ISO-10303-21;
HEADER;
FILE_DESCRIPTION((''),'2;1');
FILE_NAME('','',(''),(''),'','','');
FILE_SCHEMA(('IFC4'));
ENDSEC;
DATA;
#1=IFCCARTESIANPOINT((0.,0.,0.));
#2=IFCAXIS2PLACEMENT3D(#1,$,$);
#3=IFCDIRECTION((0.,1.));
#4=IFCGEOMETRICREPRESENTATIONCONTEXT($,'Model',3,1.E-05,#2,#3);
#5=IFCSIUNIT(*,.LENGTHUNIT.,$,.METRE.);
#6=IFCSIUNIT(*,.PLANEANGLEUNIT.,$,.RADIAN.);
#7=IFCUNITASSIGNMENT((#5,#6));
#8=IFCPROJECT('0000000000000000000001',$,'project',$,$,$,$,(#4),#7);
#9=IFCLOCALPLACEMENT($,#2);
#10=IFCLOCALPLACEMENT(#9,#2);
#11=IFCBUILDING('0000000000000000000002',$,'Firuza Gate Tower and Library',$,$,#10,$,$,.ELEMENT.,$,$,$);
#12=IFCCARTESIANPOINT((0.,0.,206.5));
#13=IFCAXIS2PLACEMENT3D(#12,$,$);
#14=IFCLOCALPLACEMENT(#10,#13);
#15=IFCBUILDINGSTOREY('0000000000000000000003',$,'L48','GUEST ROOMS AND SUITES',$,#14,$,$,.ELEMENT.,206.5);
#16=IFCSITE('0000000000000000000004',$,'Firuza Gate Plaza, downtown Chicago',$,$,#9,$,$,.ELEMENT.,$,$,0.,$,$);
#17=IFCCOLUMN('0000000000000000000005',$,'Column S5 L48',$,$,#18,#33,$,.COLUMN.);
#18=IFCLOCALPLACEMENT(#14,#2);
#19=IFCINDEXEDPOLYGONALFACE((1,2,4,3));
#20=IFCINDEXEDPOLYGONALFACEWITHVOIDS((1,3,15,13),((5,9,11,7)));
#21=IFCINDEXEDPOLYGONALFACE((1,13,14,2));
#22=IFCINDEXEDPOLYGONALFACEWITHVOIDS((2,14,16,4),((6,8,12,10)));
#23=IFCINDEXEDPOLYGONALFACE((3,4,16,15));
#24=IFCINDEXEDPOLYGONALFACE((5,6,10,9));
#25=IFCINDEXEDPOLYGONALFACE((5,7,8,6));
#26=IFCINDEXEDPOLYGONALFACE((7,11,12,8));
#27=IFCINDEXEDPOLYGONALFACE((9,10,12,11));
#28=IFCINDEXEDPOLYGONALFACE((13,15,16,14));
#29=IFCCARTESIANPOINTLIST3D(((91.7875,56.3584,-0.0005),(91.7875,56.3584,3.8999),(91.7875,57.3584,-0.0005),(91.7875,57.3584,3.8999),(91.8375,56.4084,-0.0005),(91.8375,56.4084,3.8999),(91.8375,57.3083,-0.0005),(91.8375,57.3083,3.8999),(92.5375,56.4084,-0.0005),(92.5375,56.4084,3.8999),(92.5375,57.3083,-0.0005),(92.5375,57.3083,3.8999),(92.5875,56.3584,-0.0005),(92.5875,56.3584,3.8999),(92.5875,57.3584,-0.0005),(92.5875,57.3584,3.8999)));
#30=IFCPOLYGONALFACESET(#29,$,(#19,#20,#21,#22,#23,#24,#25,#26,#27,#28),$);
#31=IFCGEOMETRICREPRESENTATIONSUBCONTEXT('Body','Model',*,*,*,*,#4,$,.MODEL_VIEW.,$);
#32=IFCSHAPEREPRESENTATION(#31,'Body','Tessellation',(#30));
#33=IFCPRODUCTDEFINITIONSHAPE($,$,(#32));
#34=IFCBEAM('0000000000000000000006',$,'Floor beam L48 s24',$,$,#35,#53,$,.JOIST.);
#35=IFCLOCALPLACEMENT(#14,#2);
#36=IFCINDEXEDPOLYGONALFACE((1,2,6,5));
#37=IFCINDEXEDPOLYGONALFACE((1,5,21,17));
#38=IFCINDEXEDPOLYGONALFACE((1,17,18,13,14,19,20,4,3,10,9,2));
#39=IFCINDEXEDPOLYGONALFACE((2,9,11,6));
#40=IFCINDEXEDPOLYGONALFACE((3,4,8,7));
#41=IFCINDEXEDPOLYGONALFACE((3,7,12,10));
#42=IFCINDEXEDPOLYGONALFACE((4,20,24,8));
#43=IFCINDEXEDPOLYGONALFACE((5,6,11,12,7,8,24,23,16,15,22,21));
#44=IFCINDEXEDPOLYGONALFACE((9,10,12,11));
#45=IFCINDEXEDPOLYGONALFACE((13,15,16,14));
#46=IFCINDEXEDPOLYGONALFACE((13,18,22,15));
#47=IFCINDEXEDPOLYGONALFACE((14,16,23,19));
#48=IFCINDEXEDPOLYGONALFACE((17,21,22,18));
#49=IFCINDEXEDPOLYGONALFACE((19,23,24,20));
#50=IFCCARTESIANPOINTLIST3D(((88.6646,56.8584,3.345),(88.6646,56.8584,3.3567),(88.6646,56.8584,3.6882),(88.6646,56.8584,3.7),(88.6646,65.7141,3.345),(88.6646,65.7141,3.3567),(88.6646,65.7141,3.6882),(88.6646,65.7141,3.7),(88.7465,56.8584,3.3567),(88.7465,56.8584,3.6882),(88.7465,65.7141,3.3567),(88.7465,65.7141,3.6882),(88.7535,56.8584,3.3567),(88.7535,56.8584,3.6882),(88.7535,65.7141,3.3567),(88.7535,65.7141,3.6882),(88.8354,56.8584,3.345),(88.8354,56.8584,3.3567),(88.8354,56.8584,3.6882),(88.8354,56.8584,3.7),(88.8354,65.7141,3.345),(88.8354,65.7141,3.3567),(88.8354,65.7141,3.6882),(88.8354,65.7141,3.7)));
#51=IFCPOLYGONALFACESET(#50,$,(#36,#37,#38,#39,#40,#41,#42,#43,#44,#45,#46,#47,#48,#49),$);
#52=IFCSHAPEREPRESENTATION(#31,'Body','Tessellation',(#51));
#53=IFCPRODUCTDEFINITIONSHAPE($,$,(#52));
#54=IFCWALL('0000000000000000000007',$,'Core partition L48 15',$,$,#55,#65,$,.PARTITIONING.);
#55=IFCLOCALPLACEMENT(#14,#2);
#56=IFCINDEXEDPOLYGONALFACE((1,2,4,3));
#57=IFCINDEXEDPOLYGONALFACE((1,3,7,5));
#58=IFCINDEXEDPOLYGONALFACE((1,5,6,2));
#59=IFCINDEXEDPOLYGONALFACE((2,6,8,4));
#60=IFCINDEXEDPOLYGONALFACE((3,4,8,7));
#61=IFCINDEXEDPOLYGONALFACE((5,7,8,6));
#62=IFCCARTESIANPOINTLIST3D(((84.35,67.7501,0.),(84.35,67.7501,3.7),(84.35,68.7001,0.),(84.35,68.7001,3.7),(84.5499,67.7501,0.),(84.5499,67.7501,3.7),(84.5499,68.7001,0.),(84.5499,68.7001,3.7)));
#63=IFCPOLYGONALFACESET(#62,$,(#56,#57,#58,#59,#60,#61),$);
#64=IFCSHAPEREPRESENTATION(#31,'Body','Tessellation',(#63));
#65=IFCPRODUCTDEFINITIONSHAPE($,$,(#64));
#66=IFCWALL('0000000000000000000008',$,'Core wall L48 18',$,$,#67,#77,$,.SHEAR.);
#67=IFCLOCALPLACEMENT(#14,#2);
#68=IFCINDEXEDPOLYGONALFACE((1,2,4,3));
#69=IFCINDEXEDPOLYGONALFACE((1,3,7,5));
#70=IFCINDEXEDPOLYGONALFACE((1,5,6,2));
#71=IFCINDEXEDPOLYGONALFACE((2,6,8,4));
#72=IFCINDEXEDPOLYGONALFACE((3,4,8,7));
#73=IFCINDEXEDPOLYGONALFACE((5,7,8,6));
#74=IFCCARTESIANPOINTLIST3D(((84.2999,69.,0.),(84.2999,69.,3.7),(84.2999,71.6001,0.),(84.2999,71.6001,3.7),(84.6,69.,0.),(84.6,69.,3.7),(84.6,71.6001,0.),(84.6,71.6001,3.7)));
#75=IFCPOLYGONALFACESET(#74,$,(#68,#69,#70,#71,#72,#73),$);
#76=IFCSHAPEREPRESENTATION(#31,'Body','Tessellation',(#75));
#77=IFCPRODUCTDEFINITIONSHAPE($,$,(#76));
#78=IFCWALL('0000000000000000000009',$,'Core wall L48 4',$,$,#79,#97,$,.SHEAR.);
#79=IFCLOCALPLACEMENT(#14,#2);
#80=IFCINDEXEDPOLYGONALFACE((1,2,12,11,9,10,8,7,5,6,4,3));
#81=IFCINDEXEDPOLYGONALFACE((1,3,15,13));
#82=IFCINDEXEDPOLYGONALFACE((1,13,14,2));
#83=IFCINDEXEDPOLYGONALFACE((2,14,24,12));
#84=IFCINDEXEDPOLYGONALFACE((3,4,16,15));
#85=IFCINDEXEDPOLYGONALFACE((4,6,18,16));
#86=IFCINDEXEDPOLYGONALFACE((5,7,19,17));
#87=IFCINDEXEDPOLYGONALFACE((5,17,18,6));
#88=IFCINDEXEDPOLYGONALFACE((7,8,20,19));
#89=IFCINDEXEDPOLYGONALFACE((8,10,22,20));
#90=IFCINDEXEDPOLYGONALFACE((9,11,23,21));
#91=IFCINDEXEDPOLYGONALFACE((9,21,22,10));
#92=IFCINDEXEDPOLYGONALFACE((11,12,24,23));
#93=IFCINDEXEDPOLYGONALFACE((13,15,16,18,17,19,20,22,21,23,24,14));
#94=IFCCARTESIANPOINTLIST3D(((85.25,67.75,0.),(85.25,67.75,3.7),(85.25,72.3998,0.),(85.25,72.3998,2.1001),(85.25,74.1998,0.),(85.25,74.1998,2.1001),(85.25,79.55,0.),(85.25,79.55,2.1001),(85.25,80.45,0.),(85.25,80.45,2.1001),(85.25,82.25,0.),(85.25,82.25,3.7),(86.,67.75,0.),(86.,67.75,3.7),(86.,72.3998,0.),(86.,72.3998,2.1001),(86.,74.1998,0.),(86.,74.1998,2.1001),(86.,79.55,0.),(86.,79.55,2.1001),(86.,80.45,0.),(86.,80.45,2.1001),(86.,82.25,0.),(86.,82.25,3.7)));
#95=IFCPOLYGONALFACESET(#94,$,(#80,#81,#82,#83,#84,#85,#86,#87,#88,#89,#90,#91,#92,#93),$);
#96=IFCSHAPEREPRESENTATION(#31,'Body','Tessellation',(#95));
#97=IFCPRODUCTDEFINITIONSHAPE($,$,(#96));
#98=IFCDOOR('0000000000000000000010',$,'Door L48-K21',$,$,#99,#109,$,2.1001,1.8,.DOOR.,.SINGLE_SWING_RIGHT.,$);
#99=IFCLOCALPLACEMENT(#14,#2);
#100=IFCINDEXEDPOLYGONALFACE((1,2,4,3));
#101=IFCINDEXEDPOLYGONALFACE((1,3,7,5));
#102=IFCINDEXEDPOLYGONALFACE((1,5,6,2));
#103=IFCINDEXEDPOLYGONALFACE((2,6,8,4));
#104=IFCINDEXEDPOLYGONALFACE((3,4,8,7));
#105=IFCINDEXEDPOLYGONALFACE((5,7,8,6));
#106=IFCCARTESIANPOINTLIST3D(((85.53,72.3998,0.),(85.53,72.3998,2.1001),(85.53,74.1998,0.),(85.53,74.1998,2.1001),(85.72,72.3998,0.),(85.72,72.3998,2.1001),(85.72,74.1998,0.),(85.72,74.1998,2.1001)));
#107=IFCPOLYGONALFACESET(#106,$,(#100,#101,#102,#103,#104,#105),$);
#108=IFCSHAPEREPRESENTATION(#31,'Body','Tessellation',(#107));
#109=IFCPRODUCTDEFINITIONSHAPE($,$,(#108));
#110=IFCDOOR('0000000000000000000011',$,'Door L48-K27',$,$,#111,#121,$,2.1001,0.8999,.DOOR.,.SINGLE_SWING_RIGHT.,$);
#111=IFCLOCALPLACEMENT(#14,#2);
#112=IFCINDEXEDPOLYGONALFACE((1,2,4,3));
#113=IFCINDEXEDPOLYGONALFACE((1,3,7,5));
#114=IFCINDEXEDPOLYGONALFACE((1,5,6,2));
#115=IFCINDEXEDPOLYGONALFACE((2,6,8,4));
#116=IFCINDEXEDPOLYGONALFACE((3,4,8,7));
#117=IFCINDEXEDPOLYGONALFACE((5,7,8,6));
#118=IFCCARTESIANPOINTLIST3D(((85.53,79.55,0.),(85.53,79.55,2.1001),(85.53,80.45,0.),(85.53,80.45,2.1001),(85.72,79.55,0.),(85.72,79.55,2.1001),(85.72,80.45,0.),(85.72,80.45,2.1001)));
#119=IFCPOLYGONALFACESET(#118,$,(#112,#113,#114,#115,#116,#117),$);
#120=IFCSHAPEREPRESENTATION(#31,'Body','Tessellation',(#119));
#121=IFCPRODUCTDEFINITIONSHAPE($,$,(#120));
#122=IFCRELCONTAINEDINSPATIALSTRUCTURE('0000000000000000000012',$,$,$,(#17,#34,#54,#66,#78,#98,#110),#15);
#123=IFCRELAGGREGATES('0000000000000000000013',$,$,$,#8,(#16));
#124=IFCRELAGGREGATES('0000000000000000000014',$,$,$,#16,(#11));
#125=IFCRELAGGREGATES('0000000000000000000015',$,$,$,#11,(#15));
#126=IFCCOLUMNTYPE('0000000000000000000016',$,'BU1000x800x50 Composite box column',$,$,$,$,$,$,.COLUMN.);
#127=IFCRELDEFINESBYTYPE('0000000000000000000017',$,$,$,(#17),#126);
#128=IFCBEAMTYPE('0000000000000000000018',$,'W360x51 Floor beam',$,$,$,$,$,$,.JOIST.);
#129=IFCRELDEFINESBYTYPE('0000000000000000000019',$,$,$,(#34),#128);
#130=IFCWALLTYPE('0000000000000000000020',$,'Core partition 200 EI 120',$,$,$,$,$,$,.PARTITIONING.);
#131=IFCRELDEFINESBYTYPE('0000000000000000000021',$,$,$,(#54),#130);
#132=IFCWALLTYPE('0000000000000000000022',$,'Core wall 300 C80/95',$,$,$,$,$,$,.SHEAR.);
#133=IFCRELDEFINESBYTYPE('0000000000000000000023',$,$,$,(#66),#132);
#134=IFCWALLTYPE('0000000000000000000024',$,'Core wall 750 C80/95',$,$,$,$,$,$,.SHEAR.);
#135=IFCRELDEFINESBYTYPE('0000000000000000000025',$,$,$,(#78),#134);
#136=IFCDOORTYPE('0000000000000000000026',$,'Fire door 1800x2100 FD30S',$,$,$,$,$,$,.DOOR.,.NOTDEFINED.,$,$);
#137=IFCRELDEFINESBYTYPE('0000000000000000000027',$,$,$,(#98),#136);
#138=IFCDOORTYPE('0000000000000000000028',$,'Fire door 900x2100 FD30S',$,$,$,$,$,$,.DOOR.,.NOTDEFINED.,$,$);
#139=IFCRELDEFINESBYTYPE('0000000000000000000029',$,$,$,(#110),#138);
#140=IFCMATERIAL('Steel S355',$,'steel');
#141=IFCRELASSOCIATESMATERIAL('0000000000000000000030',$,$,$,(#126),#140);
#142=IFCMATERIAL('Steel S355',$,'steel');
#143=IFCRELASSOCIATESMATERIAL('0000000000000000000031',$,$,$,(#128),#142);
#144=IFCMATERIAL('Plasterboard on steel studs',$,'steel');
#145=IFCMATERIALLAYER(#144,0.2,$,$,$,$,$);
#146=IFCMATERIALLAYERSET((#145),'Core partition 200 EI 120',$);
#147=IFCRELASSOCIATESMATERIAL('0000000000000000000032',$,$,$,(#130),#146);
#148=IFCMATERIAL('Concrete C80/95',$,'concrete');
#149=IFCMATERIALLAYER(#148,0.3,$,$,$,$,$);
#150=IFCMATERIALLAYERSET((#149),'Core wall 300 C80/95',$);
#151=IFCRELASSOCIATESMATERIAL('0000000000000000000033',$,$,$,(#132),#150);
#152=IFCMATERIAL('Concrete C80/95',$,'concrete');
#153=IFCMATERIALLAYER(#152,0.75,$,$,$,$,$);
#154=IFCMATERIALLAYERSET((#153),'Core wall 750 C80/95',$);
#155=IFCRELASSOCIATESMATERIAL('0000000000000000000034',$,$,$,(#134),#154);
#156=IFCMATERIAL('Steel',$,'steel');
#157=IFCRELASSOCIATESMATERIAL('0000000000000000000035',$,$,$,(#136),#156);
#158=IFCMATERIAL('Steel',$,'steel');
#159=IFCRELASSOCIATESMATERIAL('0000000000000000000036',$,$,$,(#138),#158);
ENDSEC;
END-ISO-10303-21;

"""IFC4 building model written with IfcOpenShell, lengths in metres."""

from ifc_helpers import new_model, si_unit, direction, frame, frame_2d, origin, origin_2d, place, context, subcontext, project, spatial, rectangle, hollow_rectangle, i_section, extrude, material, layer, layer_set, material_profile, profile_set, type_object, element, fill, save


model = new_model("IFC4")

# Units and contexts
model_context = context("Model", 3, precision=1e-05, world=origin(), true_north=direction((0.0, 1.0)))
body_context = subcontext(model_context, "Body", "Model", "MODEL_VIEW")
ifc_project = project(units=[si_unit("LENGTHUNIT", "METRE"), si_unit("PLANEANGLEUNIT", "RADIAN")], contexts=[model_context])

# Site, building, storey
site_placement = place(None, origin())
site = spatial("IfcSite", under=ifc_project, at=site_placement, Name="Firuza Gate Plaza, downtown Chicago", CompositionType="ELEMENT", RefElevation=0.0)
building_placement = place(site_placement, origin())
building = spatial("IfcBuilding", under=site, at=building_placement, Name="Firuza Gate Tower and Library", CompositionType="ELEMENT")
storey_placement = place(building_placement, frame((0.0, 0.0, 206.5)))
storey = spatial("IfcBuildingStorey", under=building, at=storey_placement, Name="L48", Description="GUEST ROOMS AND SUITES", CompositionType="ELEMENT", Elevation=206.5)

# Column
ifc_material_1 = material(Name="Steel S355", Category="steel")
ifc_material_profile_1 = material_profile(ifc_material_1, hollow_rectangle(XDim=0.8, YDim=1.0, WallThickness=0.05, at=origin_2d()))
ifc_profile_set_1 = profile_set([ifc_material_profile_1], Name="Steel S355")
column_type = type_object("IfcColumnType", Name="BU1000x800x50 Composite box column", PredefinedType="COLUMN", material=ifc_profile_set_1)
column_placement = place(storey_placement, frame((92.1875, 56.8584, -0.0005), z_axis=(0.0, 0.0, 1.0), x_axis=(1.0, 0.0, 0.0)))
element("IfcColumn", 1, at=column_placement, inside=storey, type_object=column_type, Name="Column S5 L48", PredefinedType="COLUMN", context=body_context, shape_type="SweptSolid", body=[
    extrude(hollow_rectangle(XDim=0.8, YDim=1.0, WallThickness=0.05, at=origin_2d()), origin(), (0.0, 0.0, 1.0), 3.9004),
])

# Beam
ifc_material_2 = material(Name="Steel S355", Category="steel")
ifc_material_profile_2 = material_profile(ifc_material_2, i_section(OverallWidth=0.1709, OverallDepth=0.355, WebThickness=0.0071, FlangeThickness=0.0117, at=origin_2d()))
ifc_profile_set_2 = profile_set([ifc_material_profile_2], Name="Steel S355")
beam_type = type_object("IfcBeamType", Name="W360x51 Floor beam", PredefinedType="JOIST", material=ifc_profile_set_2)
beam_placement = place(storey_placement, frame((88.75, 56.8584, 3.5225), z_axis=(0.0, 1.0, 0.0), x_axis=(-1.0, 0.0, 0.0)))
element("IfcBeam", 2, at=beam_placement, inside=storey, type_object=beam_type, Name="Floor beam L48 s24", PredefinedType="JOIST", context=body_context, shape_type="SweptSolid", body=[
    extrude(i_section(OverallWidth=0.1709, OverallDepth=0.355, WebThickness=0.0071, FlangeThickness=0.0117, at=origin_2d()), origin(), (0.0, 0.0, 1.0), 8.8557),
])

# Walls
ifc_material_3 = material(Name="Plasterboard on steel studs", Category="steel")
ifc_layer_1 = layer(ifc_material_3, 0.2)
ifc_layer_set_1 = layer_set([ifc_layer_1], Name="Core partition 200 EI 120")
wall_type_1 = type_object("IfcWallType", Name="Core partition 200 EI 120", PredefinedType="PARTITIONING", material=ifc_layer_set_1)
wall_1_placement = place(storey_placement, frame((84.45, 67.75, 0.0), z_axis=(0.0, 0.0, 1.0), x_axis=(0.0, 1.0, 0.0)))
element("IfcWall", 3, at=wall_1_placement, inside=storey, type_object=wall_type_1, Name="Core partition L48 15", PredefinedType="PARTITIONING", context=body_context, shape_type="SweptSolid", body=[
    extrude(rectangle(XDim=0.95, YDim=0.2, at=frame_2d((0.4751, 0.0))), origin(), (0.0, 0.0, 1.0), 3.7),
])
ifc_material_4 = material(Name="Concrete C80/95", Category="concrete")
ifc_layer_2 = layer(ifc_material_4, 0.3)
ifc_layer_set_2 = layer_set([ifc_layer_2], Name="Core wall 300 C80/95")
wall_type_2 = type_object("IfcWallType", Name="Core wall 300 C80/95", PredefinedType="SHEAR", material=ifc_layer_set_2)
wall_2_placement = place(storey_placement, frame((84.45, 69.0, 0.0), z_axis=(0.0, 0.0, 1.0), x_axis=(0.0, 1.0, 0.0)))
element("IfcWall", 4, at=wall_2_placement, inside=storey, type_object=wall_type_2, Name="Core wall L48 18", PredefinedType="SHEAR", context=body_context, shape_type="SweptSolid", body=[
    extrude(rectangle(XDim=2.6001, YDim=0.3, at=frame_2d((1.3, 0.0))), origin(), (0.0, 0.0, 1.0), 3.7),
])

# Wall, openings, doors
ifc_material_5 = material(Name="Concrete C80/95", Category="concrete")
ifc_layer_3 = layer(ifc_material_5, 0.75)
ifc_layer_set_3 = layer_set([ifc_layer_3], Name="Core wall 750 C80/95")
wall_type_3 = type_object("IfcWallType", Name="Core wall 750 C80/95", PredefinedType="SHEAR", material=ifc_layer_set_3)
wall_3_placement = place(storey_placement, frame((85.625, 67.75, 0.0), z_axis=(0.0, 0.0, 1.0), x_axis=(0.0, 1.0, 0.0)))
wall_3 = element("IfcWall", 5, at=wall_3_placement, inside=storey, type_object=wall_type_3, Name="Core wall L48 4", PredefinedType="SHEAR", context=body_context, shape_type="SweptSolid", body=[
    extrude(rectangle(XDim=14.5, YDim=0.75, at=frame_2d((7.25, 0.0))), origin(), (0.0, 0.0, 1.0), 3.7),
])
opening_1_placement = place(wall_3_placement, frame((4.6499, 0.0, 0.0)))
opening_1 = element("IfcOpeningElement", 6, at=opening_1_placement, cuts=wall_3, PredefinedType="OPENING", context=body_context, shape_type="SweptSolid", body=[
    extrude(rectangle(XDim=1.8, YDim=2.1001, at=frame_2d((0.8999, 1.05))), frame((0.0, 0.385, 0.0), z_axis=(0.0, -1.0, 0.0), x_axis=(1.0, 0.0, 0.0)), (0.0, 0.0, 1.0), 0.77),
])
opening_2_placement = place(wall_3_placement, frame((11.8, 0.0, 0.0)))
opening_2 = element("IfcOpeningElement", 7, at=opening_2_placement, cuts=wall_3, PredefinedType="OPENING", context=body_context, shape_type="SweptSolid", body=[
    extrude(rectangle(XDim=0.8999, YDim=2.1001, at=frame_2d((0.45, 1.05))), frame((0.0, 0.385, 0.0), z_axis=(0.0, -1.0, 0.0), x_axis=(1.0, 0.0, 0.0)), (0.0, 0.0, 1.0), 0.77),
])
ifc_material_6 = material(Name="Steel", Category="steel")
door_type_1 = type_object("IfcDoorType", Name="Fire door 1800x2100 FD30S", OperationType="NOTDEFINED", PredefinedType="DOOR", material=ifc_material_6)
door_1_placement = place(opening_1_placement, origin())
door_1 = element("IfcDoor", 8, at=door_1_placement, inside=storey, type_object=door_type_1, Name="Door L48-K21", OperationType="SINGLE_SWING_RIGHT", OverallHeight=2.1001, OverallWidth=1.8, PredefinedType="DOOR", context=body_context, shape_type="SweptSolid", body=[
    extrude(rectangle(XDim=1.8, YDim=2.1001, at=frame_2d((0.8999, 1.05))), frame((0.0, 0.095, 0.0), z_axis=(0.0, -1.0, 0.0), x_axis=(1.0, 0.0, 0.0)), (0.0, 0.0, 1.0), 0.1899),
])
fill(opening_1, door_1)
ifc_material_7 = material(Name="Steel", Category="steel")
door_type_2 = type_object("IfcDoorType", Name="Fire door 900x2100 FD30S", OperationType="NOTDEFINED", PredefinedType="DOOR", material=ifc_material_7)
door_2_placement = place(opening_2_placement, origin())
door_2 = element("IfcDoor", 9, at=door_2_placement, inside=storey, type_object=door_type_2, Name="Door L48-K27", OperationType="SINGLE_SWING_RIGHT", OverallHeight=2.1001, OverallWidth=0.8999, PredefinedType="DOOR", context=body_context, shape_type="SweptSolid", body=[
    extrude(rectangle(XDim=0.8999, YDim=2.1001, at=frame_2d((0.45, 1.05))), frame((0.0, 0.095, 0.0), z_axis=(0.0, -1.0, 0.0), x_axis=(1.0, 0.0, 0.0)), (0.0, 0.0, 1.0), 0.1899),
])
fill(opening_2, door_2)

save(model, "model.ifc")
